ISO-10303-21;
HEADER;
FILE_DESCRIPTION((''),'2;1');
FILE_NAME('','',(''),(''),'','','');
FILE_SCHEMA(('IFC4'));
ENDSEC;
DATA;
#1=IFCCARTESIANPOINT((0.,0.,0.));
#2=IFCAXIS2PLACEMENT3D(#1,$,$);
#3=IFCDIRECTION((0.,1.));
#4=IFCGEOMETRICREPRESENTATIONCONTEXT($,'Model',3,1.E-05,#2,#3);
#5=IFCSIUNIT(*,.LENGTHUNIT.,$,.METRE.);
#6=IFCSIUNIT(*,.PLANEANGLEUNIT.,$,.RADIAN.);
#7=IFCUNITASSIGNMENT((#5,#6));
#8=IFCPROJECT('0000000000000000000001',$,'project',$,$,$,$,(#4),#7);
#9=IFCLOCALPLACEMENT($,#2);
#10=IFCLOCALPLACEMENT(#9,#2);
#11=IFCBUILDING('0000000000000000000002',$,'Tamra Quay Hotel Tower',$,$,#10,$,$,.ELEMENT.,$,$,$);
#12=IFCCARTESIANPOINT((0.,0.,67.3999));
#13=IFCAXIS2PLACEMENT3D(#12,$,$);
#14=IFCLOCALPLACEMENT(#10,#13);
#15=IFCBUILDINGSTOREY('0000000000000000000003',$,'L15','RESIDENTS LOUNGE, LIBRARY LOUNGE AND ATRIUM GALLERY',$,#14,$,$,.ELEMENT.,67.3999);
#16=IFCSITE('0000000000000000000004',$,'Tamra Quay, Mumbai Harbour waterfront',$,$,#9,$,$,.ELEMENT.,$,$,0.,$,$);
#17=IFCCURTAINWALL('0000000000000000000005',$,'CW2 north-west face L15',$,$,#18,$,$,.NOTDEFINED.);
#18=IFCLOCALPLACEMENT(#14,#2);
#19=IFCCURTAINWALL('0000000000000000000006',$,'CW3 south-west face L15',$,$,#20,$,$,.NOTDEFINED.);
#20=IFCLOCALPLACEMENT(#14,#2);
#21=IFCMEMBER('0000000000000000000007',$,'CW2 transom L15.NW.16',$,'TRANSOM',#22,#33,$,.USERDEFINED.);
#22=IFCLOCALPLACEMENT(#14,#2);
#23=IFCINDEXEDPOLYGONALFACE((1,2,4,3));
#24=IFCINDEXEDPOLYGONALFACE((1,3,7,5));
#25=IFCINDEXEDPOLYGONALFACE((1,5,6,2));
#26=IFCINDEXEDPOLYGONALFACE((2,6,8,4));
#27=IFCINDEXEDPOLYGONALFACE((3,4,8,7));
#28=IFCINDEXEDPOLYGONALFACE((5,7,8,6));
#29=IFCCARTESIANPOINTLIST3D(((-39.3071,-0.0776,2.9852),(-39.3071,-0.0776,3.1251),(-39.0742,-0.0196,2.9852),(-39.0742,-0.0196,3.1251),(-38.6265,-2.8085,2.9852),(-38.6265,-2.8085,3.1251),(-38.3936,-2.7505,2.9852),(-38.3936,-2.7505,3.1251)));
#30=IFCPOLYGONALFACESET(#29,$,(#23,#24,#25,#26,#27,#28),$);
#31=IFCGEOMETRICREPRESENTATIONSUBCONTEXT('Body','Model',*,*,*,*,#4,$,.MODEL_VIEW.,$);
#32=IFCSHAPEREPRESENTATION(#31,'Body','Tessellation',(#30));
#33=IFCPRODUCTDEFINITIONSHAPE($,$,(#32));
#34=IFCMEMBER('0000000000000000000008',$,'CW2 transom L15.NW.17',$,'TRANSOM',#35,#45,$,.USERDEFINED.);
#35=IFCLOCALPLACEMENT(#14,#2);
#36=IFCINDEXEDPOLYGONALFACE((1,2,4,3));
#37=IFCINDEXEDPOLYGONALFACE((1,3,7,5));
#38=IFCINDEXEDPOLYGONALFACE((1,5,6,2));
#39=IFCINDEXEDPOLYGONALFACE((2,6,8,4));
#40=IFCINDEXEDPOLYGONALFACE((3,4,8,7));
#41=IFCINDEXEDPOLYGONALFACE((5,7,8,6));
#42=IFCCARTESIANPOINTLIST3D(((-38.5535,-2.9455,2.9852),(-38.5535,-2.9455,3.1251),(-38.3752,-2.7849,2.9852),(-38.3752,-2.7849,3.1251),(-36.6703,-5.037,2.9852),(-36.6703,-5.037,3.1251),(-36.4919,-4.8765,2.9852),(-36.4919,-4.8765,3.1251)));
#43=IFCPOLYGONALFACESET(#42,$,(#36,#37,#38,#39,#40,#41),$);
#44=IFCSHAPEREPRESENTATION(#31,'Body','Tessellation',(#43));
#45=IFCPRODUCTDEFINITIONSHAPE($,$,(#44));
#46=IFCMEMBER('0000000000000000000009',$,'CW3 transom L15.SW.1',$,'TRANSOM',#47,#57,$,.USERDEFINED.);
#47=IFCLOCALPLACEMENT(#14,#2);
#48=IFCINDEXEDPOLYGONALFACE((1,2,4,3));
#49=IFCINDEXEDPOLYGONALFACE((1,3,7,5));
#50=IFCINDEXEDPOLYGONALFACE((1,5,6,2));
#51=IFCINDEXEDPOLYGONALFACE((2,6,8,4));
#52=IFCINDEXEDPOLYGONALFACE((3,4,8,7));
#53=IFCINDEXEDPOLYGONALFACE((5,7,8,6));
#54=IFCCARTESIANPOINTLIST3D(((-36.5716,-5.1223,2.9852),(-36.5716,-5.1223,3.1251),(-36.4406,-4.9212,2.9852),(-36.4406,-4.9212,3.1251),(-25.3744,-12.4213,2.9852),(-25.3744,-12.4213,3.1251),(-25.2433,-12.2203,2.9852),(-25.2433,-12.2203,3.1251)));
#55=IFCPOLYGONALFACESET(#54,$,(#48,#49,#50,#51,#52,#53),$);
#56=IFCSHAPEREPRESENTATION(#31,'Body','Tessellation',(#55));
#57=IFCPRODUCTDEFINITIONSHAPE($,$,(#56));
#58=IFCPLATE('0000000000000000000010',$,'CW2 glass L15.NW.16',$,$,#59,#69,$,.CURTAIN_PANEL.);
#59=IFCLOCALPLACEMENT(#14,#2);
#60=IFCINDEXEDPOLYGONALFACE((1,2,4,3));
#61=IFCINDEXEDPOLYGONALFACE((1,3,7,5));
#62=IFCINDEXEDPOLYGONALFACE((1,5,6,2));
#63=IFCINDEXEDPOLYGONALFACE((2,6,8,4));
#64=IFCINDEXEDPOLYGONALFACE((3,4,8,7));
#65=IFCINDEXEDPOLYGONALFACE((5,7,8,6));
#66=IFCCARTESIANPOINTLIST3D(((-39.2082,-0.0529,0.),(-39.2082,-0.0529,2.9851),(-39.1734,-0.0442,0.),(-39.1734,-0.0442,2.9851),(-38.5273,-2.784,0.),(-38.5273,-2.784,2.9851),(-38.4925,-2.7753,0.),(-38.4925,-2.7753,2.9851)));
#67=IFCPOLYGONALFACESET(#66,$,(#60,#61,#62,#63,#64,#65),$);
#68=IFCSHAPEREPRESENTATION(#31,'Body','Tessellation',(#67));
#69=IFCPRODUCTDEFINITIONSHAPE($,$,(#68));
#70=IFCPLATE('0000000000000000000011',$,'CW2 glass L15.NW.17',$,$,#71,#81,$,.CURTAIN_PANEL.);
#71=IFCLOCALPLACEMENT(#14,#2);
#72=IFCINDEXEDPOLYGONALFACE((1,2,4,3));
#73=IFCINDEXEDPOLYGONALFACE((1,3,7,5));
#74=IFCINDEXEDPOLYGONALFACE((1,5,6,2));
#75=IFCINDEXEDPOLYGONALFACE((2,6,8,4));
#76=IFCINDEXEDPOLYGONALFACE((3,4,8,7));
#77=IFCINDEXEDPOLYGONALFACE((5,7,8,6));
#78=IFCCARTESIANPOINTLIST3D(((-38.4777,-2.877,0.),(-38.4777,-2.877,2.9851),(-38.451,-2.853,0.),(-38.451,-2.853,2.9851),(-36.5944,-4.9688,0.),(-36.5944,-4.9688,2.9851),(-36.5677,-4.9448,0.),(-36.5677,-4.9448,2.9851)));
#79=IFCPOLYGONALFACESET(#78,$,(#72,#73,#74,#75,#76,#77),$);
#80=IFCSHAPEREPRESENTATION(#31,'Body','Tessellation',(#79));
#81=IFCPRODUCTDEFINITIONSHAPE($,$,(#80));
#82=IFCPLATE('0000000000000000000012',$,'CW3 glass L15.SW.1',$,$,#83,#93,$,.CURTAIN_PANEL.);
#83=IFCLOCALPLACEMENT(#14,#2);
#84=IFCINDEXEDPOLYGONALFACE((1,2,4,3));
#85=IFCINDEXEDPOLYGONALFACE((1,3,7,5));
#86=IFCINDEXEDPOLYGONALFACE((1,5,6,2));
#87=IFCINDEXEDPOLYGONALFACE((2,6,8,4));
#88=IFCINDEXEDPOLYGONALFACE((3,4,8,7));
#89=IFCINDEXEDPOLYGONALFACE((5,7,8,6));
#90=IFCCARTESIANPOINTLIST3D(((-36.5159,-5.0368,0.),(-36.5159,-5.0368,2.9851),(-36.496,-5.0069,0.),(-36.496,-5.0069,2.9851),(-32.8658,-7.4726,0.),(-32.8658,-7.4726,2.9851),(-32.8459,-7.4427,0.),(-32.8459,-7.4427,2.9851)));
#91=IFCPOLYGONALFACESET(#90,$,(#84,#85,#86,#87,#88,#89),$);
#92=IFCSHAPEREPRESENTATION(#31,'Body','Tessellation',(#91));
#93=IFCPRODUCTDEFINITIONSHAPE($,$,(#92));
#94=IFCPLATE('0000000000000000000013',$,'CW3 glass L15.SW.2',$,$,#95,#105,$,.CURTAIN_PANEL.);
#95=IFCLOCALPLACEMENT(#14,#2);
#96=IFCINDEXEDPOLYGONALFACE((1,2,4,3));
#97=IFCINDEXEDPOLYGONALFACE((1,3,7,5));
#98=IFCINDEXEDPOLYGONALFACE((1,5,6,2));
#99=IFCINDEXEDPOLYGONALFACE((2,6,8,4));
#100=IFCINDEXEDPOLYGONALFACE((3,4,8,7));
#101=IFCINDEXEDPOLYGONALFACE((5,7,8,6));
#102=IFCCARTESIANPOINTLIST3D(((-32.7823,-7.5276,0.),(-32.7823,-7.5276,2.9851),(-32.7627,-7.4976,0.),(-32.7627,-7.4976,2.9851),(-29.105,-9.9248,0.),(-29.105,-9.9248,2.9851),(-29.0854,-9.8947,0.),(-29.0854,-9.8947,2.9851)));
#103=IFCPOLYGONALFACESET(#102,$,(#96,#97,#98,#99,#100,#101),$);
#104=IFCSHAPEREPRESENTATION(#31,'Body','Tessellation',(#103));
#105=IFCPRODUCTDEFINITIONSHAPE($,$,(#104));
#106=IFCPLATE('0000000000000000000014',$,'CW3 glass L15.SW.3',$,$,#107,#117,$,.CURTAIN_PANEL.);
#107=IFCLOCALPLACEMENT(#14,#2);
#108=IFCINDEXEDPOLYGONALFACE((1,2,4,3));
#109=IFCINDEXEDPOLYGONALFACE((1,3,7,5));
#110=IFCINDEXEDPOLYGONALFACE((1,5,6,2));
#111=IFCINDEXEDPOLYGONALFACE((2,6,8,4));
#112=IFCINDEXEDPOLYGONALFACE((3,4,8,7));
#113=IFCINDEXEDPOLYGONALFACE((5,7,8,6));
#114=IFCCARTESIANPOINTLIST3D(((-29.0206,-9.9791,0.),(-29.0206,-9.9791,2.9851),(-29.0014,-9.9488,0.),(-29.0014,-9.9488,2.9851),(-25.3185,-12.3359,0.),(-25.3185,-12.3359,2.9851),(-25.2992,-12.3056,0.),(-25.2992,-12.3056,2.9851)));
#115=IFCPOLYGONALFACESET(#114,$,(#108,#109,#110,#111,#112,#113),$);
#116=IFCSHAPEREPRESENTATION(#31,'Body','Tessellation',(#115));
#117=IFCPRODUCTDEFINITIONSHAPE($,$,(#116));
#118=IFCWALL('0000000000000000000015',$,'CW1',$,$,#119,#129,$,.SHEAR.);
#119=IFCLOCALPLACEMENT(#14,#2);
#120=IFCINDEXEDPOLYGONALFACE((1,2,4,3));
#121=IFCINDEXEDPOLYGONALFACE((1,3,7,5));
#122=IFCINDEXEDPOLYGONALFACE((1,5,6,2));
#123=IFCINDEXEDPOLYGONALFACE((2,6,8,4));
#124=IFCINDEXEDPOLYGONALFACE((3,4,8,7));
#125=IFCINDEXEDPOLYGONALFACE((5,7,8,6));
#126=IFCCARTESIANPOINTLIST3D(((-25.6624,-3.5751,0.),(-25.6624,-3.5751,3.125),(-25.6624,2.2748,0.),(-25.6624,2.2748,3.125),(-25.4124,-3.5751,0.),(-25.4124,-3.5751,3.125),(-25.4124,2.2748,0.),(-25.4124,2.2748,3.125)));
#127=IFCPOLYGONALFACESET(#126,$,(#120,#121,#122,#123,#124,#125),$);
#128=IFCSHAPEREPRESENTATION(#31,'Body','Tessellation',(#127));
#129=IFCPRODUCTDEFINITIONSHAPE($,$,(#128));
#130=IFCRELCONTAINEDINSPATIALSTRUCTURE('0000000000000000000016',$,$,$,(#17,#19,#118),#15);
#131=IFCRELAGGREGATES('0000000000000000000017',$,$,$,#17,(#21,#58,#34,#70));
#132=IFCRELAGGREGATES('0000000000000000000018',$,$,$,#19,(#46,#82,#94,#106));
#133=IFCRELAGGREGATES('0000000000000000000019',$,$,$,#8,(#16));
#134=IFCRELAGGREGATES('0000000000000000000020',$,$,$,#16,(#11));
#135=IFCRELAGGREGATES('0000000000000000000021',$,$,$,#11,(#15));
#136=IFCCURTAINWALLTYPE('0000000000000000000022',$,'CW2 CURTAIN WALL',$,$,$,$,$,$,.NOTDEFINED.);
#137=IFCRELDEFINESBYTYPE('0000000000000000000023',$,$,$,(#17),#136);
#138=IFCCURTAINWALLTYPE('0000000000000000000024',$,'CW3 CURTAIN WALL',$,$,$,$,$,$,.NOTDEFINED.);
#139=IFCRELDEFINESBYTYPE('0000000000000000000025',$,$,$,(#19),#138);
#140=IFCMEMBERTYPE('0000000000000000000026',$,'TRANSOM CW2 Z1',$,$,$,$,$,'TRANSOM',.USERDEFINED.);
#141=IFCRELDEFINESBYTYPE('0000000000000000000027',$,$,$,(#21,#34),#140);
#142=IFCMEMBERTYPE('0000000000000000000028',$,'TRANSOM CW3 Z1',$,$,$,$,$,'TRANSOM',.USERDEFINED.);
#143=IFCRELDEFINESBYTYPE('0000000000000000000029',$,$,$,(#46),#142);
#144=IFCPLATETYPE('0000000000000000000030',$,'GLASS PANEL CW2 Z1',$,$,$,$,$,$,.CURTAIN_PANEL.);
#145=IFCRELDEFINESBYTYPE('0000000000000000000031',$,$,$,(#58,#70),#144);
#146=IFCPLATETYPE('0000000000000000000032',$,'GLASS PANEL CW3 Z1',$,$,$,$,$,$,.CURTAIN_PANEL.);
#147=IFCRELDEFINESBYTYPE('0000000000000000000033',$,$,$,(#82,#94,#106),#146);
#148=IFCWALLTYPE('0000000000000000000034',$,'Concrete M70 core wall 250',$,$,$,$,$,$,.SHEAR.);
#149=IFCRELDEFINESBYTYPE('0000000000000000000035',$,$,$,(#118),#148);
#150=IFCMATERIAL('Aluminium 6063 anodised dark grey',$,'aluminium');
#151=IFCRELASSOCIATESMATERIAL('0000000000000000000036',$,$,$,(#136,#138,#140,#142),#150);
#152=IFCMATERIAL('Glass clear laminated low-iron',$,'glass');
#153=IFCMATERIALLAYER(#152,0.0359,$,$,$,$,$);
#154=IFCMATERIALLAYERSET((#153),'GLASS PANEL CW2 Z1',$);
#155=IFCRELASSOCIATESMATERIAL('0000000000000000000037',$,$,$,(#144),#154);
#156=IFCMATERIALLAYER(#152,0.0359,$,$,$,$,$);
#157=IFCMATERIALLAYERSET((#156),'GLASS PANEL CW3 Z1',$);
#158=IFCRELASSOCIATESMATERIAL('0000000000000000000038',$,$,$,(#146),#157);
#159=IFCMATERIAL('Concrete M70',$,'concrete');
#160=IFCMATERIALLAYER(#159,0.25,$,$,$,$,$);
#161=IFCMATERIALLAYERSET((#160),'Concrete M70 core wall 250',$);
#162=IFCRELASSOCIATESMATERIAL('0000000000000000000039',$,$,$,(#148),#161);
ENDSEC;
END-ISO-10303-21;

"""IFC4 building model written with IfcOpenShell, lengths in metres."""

from ifc_helpers import new_model, si_unit, direction, frame, frame_2d, origin, origin_2d, place, context, subcontext, project, spatial, rectangle, extrude, material, layer, layer_set, material_profile, profile_set, type_object, element, aggregate, save


model = new_model("IFC4")

# Units and contexts
model_context = context("Model", 3, precision=1e-05, world=origin(), true_north=direction((0.0, 1.0)))
body_context = subcontext(model_context, "Body", "Model", "MODEL_VIEW")
ifc_project = project(units=[si_unit("LENGTHUNIT", "METRE"), si_unit("PLANEANGLEUNIT", "RADIAN")], contexts=[model_context])

# Site, building, storey
site_placement = place(None, origin())
site = spatial("IfcSite", under=ifc_project, at=site_placement, Name="Tamra Quay, Mumbai Harbour waterfront", CompositionType="ELEMENT", RefElevation=0.0)
building_placement = place(site_placement, origin())
building = spatial("IfcBuilding", under=site, at=building_placement, Name="Tamra Quay Hotel Tower", CompositionType="ELEMENT")
storey_placement = place(building_placement, frame((0.0, 0.0, 67.3999)))
storey = spatial("IfcBuildingStorey", under=building, at=storey_placement, Name="L15", Description="RESIDENTS LOUNGE, LIBRARY LOUNGE AND ATRIUM GALLERY", CompositionType="ELEMENT", Elevation=67.3999)

# Shared definitions
ifc_material_1 = material(Name="Concrete M70", Category="concrete")

# Curtain walls
ifc_material_2 = material(Name="Aluminium 6063 anodised dark grey", Category="aluminium")
curtain_wall_type_1 = type_object("IfcCurtainWallType", Name="CW2 CURTAIN WALL", PredefinedType="NOTDEFINED", material=ifc_material_2)
curtain_wall_1_placement = place(storey_placement, origin())
curtain_wall_1 = element("IfcCurtainWall", 1, at=curtain_wall_1_placement, inside=storey, type_object=curtain_wall_type_1, Name="CW2 north-west face L15", PredefinedType="NOTDEFINED")
curtain_wall_type_2 = type_object("IfcCurtainWallType", Name="CW3 CURTAIN WALL", PredefinedType="NOTDEFINED", material=ifc_material_2)
curtain_wall_2_placement = place(storey_placement, origin())
curtain_wall_2 = element("IfcCurtainWall", 2, at=curtain_wall_2_placement, inside=storey, type_object=curtain_wall_type_2, Name="CW3 south-west face L15", PredefinedType="NOTDEFINED")

# Members
ifc_material_profile_1 = material_profile(ifc_material_2, rectangle(XDim=0.24, YDim=0.1399, at=origin_2d()), Name="TRANSOM 240X140")
ifc_profile_set_1 = profile_set([ifc_material_profile_1], Name="Aluminium 6063 anodised dark grey")
member_type_1 = type_object("IfcMemberType", Name="TRANSOM CW2 Z1", ElementType="TRANSOM", PredefinedType="USERDEFINED", material=ifc_profile_set_1)
member_1_placement = place(storey_placement, frame((-39.1907, -0.0486, 3.0552), z_axis=(0.241842, -0.970316, 0.0), x_axis=(0.970316, 0.241842, 0.0)))
member_1 = element("IfcMember", 3, at=member_1_placement, type_object=member_type_1, Name="CW2 transom L15.NW.16", ObjectType="TRANSOM", PredefinedType="USERDEFINED", context=body_context, shape_type="SweptSolid", body=[
    extrude(rectangle(XDim=0.24, YDim=0.1399, at=origin_2d()), origin(), (0.0, 0.0, 1.0), 2.8145),
])
member_2_placement = place(storey_placement, frame((-38.4644, -2.8652, 3.0552), z_axis=(0.669142, -0.743135, 0.0), x_axis=(0.743135, 0.669142, 0.0)))
member_2 = element("IfcMember", 4, at=member_2_placement, type_object=member_type_1, Name="CW2 transom L15.NW.17", ObjectType="TRANSOM", PredefinedType="USERDEFINED", context=body_context, shape_type="SweptSolid", body=[
    extrude(rectangle(XDim=0.24, YDim=0.1399, at=origin_2d()), origin(), (0.0, 0.0, 1.0), 2.8145),
])
ifc_material_profile_2 = material_profile(ifc_material_2, rectangle(XDim=0.24, YDim=0.1399, at=origin_2d()), Name="TRANSOM 240X140")
ifc_profile_set_2 = profile_set([ifc_material_profile_2], Name="Aluminium 6063 anodised dark grey")
member_type_2 = type_object("IfcMemberType", Name="TRANSOM CW3 Z1", ElementType="TRANSOM", PredefinedType="USERDEFINED", material=ifc_profile_set_2)
member_3_placement = place(storey_placement, frame((-36.5061, -5.0217, 3.0552), z_axis=(0.83773, -0.546084, 0.0), x_axis=(0.546084, 0.83773, 0.0)))
member_3 = element("IfcMember", 5, at=member_3_placement, type_object=member_type_2, Name="CW3 transom L15.SW.1", ObjectType="TRANSOM", PredefinedType="USERDEFINED", context=body_context, shape_type="SweptSolid", body=[
    extrude(rectangle(XDim=0.24, YDim=0.1399, at=origin_2d()), origin(), (0.0, 0.0, 1.0), 13.3662),
])

# Plates
ifc_material_3 = material(Name="Glass clear laminated low-iron", Category="glass")
ifc_layer_1 = layer(ifc_material_3, 0.0359)
ifc_layer_set_1 = layer_set([ifc_layer_1], Name="GLASS PANEL CW2 Z1")
plate_type_1 = type_object("IfcPlateType", Name="GLASS PANEL CW2 Z1", PredefinedType="CURTAIN_PANEL", material=ifc_layer_set_1)
plate_1_placement = place(storey_placement, frame((-38.8503, -1.4141, 0.0), z_axis=(0.0, 0.0, 1.0), x_axis=(0.241914, -0.970298, 0.0)))
plate_1 = element("IfcPlate", 6, at=plate_1_placement, type_object=plate_type_1, Name="CW2 glass L15.NW.16", PredefinedType="CURTAIN_PANEL", context=body_context, shape_type="SweptSolid", body=[
    extrude(rectangle(XDim=2.8147, YDim=0.0359, at=origin_2d()), origin(), (0.0, 0.0, 1.0), 2.9851),
])
plate_2_placement = place(storey_placement, frame((-37.5227, -3.9109, 0.0), z_axis=(0.0, 0.0, 1.0), x_axis=(0.669112, -0.743161, 0.0)))
plate_2 = element("IfcPlate", 7, at=plate_2_placement, type_object=plate_type_1, Name="CW2 glass L15.NW.17", PredefinedType="CURTAIN_PANEL", context=body_context, shape_type="SweptSolid", body=[
    extrude(rectangle(XDim=2.8147, YDim=0.0359, at=origin_2d()), origin(), (0.0, 0.0, 1.0), 2.9851),
])
aggregate(curtain_wall_1, [member_1, plate_1, member_2, plate_2])
ifc_layer_2 = layer(ifc_material_3, 0.0359)
ifc_layer_set_2 = layer_set([ifc_layer_2], Name="GLASS PANEL CW3 Z1")
plate_type_2 = type_object("IfcPlateType", Name="GLASS PANEL CW3 Z1", PredefinedType="CURTAIN_PANEL", material=ifc_layer_set_2)
plate_3_placement = place(storey_placement, frame((-34.6809, -6.2397, 0.0), z_axis=(0.0, 0.0, 1.0), x_axis=(0.831798, -0.555079, 0.0)))
plate_3 = element("IfcPlate", 8, at=plate_3_placement, type_object=plate_type_2, Name="CW3 glass L15.SW.1", PredefinedType="CURTAIN_PANEL", context=body_context, shape_type="SweptSolid", body=[
    extrude(rectangle(XDim=4.3882, YDim=0.0359, at=origin_2d()), origin(), (0.0, 0.0, 1.0), 2.9851),
])
plate_4_placement = place(storey_placement, frame((-30.9338, -8.7112, 0.0), z_axis=(0.0, 0.0, 1.0), x_axis=(0.837728, -0.546088, 0.0)))
plate_4 = element("IfcPlate", 9, at=plate_4_placement, type_object=plate_type_2, Name="CW3 glass L15.SW.2", PredefinedType="CURTAIN_PANEL", context=body_context, shape_type="SweptSolid", body=[
    extrude(rectangle(XDim=4.3896, YDim=0.0359, at=origin_2d()), origin(), (0.0, 0.0, 1.0), 2.9851),
])
plate_5_placement = place(storey_placement, frame((-27.1599, -11.1423, 0.0), z_axis=(0.0, 0.0, 1.0), x_axis=(0.843571, -0.537018, 0.0)))
plate_5 = element("IfcPlate", 10, at=plate_5_placement, type_object=plate_type_2, Name="CW3 glass L15.SW.3", PredefinedType="CURTAIN_PANEL", context=body_context, shape_type="SweptSolid", body=[
    extrude(rectangle(XDim=4.3887, YDim=0.0359, at=origin_2d()), origin(), (0.0, 0.0, 1.0), 2.9851),
])
aggregate(curtain_wall_2, [member_3, plate_3, plate_4, plate_5])

# Wall
ifc_layer_3 = layer(ifc_material_1, 0.25)
ifc_layer_set_3 = layer_set([ifc_layer_3], Name="Concrete M70 core wall 250")
wall_type = type_object("IfcWallType", Name="Concrete M70 core wall 250", PredefinedType="SHEAR", material=ifc_layer_set_3)
wall_placement = place(storey_placement, frame((-25.5374, -3.575, 0.0), z_axis=(0.0, 0.0, 1.0), x_axis=(0.0, 1.0, 0.0)))
element("IfcWall", 11, at=wall_placement, inside=storey, type_object=wall_type, Name="CW1", PredefinedType="SHEAR", context=body_context, shape_type="SweptSolid", body=[
    extrude(rectangle(XDim=5.8499, YDim=0.25, at=frame_2d((2.9248, 0.0))), origin(), (0.0, 0.0, 1.0), 3.125),
])

save(model, "model.ifc")
